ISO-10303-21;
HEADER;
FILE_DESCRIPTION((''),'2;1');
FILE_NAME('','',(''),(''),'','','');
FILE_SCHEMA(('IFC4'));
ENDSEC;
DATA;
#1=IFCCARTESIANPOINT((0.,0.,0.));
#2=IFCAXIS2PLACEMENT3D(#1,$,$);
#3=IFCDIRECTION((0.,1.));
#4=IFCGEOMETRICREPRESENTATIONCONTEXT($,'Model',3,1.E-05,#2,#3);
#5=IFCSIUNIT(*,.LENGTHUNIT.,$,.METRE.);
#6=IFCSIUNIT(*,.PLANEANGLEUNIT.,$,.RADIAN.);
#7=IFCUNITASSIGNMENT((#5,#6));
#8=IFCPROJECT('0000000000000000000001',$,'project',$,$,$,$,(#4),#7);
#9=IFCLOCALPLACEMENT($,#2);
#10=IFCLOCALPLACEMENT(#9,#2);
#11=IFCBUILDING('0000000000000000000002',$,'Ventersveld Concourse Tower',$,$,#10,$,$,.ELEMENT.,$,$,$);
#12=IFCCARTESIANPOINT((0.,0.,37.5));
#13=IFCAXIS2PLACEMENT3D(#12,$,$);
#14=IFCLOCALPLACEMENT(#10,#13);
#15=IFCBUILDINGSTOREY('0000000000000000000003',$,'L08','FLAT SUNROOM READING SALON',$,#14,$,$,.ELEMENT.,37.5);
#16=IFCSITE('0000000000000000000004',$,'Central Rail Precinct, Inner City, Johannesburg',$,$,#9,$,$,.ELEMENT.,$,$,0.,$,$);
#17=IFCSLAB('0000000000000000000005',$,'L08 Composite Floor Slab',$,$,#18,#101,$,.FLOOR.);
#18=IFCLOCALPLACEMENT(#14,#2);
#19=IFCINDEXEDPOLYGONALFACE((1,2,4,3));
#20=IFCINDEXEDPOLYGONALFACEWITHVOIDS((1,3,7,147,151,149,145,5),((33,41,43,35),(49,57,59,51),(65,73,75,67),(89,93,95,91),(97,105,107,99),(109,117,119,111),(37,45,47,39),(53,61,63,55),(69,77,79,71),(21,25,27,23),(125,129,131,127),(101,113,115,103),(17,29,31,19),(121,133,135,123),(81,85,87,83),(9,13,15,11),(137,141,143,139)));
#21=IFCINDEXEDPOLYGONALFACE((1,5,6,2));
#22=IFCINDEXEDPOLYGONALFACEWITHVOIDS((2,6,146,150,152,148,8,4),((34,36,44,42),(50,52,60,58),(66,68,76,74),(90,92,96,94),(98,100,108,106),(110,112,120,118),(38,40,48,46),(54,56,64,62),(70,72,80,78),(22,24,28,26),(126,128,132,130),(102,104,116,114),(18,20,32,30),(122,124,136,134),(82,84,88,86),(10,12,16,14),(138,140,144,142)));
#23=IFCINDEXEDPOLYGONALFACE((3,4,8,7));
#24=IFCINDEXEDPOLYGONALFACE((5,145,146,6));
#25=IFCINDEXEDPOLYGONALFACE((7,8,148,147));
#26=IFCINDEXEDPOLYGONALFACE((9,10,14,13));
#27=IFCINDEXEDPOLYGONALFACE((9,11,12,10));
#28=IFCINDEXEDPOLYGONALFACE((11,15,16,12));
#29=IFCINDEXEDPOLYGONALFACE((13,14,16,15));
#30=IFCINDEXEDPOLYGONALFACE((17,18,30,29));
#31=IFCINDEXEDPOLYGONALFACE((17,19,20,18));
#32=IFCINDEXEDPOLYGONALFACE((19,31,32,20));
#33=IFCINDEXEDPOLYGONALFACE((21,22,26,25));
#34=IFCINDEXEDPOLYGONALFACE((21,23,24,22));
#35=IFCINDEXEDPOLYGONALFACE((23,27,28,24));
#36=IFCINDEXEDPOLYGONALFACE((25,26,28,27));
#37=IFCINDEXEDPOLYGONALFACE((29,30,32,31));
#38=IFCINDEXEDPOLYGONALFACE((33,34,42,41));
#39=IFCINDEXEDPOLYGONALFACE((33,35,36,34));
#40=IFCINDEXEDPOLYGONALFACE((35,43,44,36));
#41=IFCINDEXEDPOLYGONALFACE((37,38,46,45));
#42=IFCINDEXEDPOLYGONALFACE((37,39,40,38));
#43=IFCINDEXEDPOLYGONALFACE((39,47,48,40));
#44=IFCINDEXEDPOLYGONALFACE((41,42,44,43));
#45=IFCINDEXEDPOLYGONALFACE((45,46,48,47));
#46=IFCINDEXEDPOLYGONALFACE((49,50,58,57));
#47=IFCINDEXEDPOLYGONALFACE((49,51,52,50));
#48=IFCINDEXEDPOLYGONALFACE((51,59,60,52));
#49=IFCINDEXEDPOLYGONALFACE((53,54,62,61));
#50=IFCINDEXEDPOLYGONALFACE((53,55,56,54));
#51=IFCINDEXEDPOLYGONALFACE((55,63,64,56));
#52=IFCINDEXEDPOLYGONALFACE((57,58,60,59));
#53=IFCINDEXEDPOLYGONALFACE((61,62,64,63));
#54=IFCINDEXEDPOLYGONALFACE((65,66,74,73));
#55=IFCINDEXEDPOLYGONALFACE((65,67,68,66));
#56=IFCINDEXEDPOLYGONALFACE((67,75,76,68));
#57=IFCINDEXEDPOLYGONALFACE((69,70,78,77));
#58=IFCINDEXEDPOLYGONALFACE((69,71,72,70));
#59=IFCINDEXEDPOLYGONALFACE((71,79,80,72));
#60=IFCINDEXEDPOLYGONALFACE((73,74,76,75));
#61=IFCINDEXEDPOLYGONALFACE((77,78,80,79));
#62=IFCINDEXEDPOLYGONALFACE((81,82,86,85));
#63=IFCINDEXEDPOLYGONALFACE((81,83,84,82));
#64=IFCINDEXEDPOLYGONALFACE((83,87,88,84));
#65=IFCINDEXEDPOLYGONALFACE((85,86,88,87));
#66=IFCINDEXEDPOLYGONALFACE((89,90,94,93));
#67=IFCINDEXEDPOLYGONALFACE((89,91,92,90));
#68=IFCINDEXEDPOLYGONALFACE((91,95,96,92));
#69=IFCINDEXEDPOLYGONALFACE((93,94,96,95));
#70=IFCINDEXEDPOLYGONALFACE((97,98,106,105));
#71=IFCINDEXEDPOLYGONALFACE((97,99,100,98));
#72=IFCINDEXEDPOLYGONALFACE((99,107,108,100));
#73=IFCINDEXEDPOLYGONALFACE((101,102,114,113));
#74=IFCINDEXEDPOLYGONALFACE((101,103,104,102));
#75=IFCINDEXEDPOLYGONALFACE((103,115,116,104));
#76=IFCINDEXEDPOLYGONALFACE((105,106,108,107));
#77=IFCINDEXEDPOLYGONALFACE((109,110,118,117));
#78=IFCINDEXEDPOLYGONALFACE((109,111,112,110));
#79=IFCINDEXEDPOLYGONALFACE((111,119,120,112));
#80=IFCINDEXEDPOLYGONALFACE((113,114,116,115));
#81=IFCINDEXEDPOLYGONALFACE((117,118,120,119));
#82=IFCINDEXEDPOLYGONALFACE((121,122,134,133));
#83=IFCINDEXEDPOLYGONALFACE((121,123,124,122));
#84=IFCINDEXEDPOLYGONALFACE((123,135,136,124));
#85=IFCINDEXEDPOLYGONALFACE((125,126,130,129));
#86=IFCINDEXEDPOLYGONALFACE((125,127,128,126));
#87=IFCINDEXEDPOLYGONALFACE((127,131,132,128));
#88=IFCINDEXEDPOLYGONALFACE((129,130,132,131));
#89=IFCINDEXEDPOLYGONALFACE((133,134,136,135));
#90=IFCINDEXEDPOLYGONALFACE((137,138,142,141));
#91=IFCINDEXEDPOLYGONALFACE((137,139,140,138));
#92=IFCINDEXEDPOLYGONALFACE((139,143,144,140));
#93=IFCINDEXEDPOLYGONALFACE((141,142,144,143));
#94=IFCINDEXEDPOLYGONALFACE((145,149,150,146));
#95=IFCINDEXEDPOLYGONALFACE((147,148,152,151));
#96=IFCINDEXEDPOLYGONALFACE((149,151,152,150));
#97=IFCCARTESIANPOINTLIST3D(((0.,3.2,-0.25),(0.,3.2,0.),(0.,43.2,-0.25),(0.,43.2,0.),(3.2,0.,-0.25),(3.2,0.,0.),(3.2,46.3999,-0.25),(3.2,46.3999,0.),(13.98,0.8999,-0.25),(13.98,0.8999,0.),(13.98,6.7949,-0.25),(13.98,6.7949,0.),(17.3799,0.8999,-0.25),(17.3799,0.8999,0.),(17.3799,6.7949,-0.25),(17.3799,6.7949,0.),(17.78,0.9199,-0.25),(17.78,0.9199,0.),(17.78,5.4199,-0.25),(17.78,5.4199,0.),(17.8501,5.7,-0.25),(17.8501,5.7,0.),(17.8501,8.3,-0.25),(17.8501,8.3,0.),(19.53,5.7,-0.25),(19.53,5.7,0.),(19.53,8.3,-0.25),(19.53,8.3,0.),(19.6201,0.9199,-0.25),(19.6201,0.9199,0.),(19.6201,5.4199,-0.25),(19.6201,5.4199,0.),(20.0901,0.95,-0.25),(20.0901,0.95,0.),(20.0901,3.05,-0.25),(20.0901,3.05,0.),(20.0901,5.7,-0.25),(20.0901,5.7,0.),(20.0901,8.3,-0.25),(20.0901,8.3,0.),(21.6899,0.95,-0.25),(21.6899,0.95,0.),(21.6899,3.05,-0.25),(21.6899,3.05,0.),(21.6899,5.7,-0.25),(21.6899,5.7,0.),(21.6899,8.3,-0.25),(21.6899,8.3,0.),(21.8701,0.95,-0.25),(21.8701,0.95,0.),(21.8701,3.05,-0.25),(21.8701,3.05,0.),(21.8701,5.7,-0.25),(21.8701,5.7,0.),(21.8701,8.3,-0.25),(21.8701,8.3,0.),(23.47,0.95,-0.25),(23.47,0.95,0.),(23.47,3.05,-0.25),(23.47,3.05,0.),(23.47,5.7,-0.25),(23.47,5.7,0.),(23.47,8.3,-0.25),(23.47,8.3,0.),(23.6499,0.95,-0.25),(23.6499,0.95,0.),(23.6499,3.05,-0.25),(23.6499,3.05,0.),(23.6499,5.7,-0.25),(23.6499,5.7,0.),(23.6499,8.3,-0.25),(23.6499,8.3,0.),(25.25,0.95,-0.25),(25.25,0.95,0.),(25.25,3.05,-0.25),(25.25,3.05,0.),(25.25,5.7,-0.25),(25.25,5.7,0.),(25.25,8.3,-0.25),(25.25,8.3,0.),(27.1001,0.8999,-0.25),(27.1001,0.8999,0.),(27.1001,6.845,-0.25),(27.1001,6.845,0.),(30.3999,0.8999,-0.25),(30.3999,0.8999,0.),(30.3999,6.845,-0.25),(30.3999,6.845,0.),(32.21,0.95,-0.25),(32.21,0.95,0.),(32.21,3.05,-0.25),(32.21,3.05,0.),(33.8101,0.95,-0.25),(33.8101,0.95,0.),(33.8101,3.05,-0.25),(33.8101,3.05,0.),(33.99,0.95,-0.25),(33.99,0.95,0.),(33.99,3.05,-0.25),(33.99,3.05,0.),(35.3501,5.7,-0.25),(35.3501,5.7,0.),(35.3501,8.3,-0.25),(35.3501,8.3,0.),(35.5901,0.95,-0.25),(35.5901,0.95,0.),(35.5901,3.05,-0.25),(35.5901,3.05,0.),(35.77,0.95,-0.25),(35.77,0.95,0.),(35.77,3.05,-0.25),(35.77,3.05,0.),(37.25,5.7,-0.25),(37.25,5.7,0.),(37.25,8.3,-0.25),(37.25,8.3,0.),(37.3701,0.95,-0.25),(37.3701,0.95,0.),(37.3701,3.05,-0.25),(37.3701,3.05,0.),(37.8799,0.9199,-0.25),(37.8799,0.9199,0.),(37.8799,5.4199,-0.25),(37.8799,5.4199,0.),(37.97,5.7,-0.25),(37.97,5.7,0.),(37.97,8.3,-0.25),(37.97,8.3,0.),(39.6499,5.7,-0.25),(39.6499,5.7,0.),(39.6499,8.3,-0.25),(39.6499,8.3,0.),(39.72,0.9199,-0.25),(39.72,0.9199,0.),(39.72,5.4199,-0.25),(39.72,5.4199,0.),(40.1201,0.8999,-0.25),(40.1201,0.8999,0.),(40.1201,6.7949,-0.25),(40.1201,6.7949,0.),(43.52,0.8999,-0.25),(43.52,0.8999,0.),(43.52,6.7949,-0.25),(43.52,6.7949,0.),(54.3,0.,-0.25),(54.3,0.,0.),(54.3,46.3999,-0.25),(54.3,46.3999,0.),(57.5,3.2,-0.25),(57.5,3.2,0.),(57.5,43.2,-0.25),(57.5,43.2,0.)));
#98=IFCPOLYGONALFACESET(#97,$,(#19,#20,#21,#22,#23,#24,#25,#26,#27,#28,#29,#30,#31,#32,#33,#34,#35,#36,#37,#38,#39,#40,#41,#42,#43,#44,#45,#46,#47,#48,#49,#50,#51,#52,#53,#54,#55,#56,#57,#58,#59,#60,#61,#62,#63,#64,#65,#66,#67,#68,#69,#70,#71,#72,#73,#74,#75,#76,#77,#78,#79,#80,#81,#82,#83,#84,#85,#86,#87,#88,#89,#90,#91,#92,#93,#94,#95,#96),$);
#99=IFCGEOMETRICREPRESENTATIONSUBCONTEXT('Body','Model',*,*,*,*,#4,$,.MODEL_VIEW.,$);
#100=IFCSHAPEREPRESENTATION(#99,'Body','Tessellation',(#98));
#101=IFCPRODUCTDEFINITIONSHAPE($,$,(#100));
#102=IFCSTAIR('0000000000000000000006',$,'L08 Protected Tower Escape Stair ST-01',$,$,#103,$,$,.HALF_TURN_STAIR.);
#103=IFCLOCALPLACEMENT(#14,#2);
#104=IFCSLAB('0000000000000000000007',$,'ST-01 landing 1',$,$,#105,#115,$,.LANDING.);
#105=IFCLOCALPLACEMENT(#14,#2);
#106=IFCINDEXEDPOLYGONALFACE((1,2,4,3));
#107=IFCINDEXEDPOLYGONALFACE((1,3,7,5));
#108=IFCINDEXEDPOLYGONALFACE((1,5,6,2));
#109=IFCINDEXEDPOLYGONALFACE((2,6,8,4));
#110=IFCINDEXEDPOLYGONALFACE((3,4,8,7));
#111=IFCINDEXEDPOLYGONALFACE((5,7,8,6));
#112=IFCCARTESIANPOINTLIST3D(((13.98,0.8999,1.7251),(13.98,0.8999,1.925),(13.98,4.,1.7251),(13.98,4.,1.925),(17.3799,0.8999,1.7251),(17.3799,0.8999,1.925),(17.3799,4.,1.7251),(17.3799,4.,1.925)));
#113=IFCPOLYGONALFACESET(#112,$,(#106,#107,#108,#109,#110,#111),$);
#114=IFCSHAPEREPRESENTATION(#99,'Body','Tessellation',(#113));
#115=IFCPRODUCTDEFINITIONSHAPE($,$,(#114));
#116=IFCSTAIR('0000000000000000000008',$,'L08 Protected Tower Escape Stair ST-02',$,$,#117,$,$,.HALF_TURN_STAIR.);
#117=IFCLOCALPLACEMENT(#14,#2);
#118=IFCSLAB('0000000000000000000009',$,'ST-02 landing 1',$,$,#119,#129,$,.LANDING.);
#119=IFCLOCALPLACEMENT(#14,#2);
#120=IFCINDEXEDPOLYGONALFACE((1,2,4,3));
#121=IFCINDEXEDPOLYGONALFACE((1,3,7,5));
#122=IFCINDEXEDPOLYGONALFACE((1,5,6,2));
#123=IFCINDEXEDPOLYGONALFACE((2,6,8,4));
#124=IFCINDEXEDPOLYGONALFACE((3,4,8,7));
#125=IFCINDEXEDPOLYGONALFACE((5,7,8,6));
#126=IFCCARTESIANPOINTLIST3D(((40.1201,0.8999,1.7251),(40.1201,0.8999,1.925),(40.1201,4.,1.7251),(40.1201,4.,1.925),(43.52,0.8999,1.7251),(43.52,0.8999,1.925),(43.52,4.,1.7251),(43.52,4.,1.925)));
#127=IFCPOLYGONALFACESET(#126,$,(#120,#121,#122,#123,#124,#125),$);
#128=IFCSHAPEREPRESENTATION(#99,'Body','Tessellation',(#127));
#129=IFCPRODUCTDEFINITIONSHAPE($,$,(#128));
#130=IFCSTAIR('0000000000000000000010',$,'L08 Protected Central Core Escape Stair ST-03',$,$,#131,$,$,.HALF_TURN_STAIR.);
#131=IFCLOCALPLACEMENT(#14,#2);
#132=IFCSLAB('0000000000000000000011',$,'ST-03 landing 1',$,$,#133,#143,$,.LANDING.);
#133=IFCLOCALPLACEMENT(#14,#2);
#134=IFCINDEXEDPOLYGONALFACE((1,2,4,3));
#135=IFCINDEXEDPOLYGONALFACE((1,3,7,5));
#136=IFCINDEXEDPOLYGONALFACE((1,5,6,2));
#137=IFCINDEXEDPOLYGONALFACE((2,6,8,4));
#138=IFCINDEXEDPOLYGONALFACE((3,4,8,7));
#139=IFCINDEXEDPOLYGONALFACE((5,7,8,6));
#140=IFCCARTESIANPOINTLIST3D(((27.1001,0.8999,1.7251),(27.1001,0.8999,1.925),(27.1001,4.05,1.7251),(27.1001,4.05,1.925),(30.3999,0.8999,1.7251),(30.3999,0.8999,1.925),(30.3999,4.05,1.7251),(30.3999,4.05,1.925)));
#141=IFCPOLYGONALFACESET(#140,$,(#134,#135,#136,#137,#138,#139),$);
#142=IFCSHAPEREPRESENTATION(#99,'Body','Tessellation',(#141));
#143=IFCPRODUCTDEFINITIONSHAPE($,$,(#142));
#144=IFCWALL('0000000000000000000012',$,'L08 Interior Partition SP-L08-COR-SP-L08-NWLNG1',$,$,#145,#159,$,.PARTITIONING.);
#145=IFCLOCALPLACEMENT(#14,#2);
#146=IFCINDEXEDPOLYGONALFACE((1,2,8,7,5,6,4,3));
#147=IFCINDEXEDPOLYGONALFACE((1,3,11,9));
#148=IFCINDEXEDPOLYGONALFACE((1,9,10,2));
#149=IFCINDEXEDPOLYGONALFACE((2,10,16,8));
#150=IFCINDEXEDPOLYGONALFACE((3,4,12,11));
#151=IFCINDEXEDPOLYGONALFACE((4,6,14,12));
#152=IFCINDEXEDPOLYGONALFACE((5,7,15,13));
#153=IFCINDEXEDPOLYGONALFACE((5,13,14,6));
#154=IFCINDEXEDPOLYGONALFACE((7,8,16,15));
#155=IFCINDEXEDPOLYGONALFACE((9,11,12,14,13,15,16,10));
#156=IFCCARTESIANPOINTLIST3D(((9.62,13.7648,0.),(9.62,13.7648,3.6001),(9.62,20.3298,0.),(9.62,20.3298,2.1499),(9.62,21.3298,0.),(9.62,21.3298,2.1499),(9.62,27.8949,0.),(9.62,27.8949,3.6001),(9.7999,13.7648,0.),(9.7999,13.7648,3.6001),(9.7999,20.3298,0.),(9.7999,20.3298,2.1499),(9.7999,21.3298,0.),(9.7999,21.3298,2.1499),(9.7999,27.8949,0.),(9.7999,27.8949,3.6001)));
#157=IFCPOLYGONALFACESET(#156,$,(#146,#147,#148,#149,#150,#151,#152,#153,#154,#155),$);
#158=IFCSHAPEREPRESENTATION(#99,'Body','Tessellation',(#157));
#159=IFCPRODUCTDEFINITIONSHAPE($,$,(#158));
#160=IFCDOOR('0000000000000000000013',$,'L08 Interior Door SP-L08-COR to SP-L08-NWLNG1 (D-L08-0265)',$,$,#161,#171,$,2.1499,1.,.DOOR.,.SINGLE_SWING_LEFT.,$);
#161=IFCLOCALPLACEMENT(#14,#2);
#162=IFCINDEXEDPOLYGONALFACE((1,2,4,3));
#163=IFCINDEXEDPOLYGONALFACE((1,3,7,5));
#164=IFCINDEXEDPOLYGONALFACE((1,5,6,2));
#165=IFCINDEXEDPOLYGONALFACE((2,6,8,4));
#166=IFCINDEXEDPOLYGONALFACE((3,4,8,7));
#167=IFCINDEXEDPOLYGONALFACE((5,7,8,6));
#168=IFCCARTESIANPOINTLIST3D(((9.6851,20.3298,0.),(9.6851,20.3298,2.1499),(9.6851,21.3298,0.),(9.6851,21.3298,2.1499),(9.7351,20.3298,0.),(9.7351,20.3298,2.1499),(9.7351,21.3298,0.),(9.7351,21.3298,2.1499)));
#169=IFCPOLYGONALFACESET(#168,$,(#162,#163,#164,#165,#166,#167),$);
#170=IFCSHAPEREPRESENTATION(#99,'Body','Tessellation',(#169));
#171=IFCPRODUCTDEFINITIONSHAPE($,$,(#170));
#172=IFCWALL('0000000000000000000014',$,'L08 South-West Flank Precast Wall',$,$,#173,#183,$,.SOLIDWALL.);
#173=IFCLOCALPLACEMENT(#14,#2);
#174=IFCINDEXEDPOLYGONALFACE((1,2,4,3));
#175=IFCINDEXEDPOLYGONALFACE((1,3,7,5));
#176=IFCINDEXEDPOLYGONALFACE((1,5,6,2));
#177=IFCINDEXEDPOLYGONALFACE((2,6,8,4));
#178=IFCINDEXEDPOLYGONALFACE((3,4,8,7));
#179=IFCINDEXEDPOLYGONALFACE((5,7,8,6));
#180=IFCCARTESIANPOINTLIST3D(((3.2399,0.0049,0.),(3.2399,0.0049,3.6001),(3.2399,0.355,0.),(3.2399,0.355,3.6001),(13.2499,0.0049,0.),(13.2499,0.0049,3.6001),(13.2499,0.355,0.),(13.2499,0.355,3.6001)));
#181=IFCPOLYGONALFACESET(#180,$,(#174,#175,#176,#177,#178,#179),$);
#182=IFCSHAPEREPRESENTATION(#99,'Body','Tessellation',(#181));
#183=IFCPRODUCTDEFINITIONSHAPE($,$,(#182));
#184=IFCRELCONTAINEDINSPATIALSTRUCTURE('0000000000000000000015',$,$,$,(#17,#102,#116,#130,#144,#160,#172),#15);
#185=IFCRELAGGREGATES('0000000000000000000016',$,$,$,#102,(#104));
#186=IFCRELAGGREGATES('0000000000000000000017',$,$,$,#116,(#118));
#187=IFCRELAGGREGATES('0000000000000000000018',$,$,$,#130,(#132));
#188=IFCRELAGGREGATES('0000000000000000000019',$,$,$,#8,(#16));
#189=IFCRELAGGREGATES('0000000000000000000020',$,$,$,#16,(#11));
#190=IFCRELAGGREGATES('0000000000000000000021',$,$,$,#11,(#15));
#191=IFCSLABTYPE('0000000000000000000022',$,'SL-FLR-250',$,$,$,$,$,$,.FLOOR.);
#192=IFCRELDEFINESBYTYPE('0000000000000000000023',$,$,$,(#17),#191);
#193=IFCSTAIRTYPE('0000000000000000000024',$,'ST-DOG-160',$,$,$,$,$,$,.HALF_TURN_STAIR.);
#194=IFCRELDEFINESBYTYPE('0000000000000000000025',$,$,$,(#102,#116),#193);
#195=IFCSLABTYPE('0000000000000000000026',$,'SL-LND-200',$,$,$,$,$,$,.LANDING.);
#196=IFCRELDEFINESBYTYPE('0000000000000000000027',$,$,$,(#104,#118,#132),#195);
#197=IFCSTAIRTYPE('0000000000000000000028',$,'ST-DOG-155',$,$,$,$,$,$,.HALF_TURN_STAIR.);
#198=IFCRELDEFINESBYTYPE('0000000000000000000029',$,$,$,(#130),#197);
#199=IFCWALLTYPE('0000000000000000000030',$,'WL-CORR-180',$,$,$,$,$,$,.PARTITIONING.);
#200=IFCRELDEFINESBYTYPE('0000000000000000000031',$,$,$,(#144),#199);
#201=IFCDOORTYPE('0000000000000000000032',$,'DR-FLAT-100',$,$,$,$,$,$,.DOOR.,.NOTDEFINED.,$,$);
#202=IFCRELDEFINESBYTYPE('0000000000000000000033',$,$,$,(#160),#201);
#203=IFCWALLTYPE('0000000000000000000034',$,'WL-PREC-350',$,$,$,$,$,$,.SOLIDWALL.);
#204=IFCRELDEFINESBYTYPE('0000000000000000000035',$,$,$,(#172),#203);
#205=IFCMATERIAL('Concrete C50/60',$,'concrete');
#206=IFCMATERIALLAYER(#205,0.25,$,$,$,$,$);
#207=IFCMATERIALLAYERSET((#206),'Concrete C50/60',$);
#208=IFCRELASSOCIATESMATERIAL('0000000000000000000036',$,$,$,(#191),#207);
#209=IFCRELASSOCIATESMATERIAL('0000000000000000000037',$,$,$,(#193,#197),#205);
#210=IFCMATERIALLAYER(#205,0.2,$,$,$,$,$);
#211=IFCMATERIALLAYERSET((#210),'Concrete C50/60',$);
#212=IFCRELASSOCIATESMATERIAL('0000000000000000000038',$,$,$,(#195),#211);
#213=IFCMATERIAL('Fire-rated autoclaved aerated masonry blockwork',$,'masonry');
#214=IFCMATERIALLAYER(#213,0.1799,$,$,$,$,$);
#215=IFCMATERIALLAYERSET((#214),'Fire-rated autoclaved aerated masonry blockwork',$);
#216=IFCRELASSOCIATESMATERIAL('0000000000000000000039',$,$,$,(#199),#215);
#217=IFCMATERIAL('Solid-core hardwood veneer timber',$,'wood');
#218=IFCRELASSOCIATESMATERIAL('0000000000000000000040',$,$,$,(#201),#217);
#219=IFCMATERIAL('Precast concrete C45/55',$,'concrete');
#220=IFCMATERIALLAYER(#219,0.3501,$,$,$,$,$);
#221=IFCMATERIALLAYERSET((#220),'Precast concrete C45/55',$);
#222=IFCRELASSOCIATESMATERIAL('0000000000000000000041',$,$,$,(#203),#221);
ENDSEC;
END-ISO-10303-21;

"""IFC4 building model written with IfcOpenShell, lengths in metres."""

from ifc_helpers import new_model, si_unit, direction, frame, frame_2d, origin, place, context, subcontext, project, spatial, polyline, rectangle, outline, extrude, material, layer, layer_set, type_object, element, fill, aggregate, save


model = new_model("IFC4")

# Units and contexts
model_context = context("Model", 3, precision=1e-05, world=origin(), true_north=direction((0.0, 1.0)))
body_context = subcontext(model_context, "Body", "Model", "MODEL_VIEW")
ifc_project = project(units=[si_unit("LENGTHUNIT", "METRE"), si_unit("PLANEANGLEUNIT", "RADIAN")], contexts=[model_context])

# Site, building, storey
site_placement = place(None, origin())
site = spatial("IfcSite", under=ifc_project, at=site_placement, Name="Central Rail Precinct, Inner City, Johannesburg", CompositionType="ELEMENT", RefElevation=0.0)
building_placement = place(site_placement, origin())
building = spatial("IfcBuilding", under=site, at=building_placement, Name="Ventersveld Concourse Tower", CompositionType="ELEMENT")
storey_placement = place(building_placement, frame((0.0, 0.0, 37.5)))
storey = spatial("IfcBuildingStorey", under=building, at=storey_placement, Name="L08", Description="FLAT SUNROOM READING SALON", CompositionType="ELEMENT", Elevation=37.5)

# Slab
ifc_material_1 = material(Name="Concrete C50/60", Category="concrete")
ifc_layer_1 = layer(ifc_material_1, 0.25)
ifc_layer_set_1 = layer_set([ifc_layer_1], Name="Concrete C50/60")
slab_type_1 = type_object("IfcSlabType", Name="SL-FLR-250", PredefinedType="FLOOR", material=ifc_layer_set_1)
slab_1_placement = place(storey_placement, frame((0.0, 0.0, -0.25)))
element("IfcSlab", 1, at=slab_1_placement, inside=storey, type_object=slab_type_1, Name="L08 Composite Floor Slab", PredefinedType="FLOOR", context=body_context, shape_type="SweptSolid", body=[
    extrude(outline(polyline([(3.2, 0.0), (54.3, 0.0), (57.5, 3.2), (57.5, 43.2), (54.3, 46.3999), (3.2, 46.3999), (0.0, 43.2), (0.0, 3.2), (3.2, 0.0)]), holes=[polyline([(13.98, 6.7949), (13.98, 0.8999), (17.3799, 0.8999), (17.3799, 6.7949), (13.98, 6.7949)]), polyline([(40.1201, 6.7949), (40.1201, 0.8999), (43.52, 0.8999), (43.52, 6.7949), (40.1201, 6.7949)]), polyline([(27.1001, 6.845), (27.1001, 0.8999), (30.3999, 0.8999), (30.3999, 6.845), (27.1001, 6.845)]), polyline([(17.8501, 5.7), (19.53, 5.7), (19.53, 8.3), (17.8501, 8.3), (17.8501, 5.7)]), polyline([(37.97, 5.7), (39.6499, 5.7), (39.6499, 8.3), (37.97, 8.3), (37.97, 5.7)]), polyline([(35.3501, 5.7), (37.25, 5.7), (37.25, 8.3), (35.3501, 8.3), (35.3501, 5.7)]), polyline([(20.0901, 0.95), (21.6899, 0.95), (21.6899, 3.05), (20.0901, 3.05), (20.0901, 0.95)]), polyline([(21.8701, 0.95), (23.47, 0.95), (23.47, 3.05), (21.8701, 3.05), (21.8701, 0.95)]), polyline([(23.6499, 0.95), (25.25, 0.95), (25.25, 3.05), (23.6499, 3.05), (23.6499, 0.95)]), polyline([(32.21, 0.95), (33.8101, 0.95), (33.8101, 3.05), (32.21, 3.05), (32.21, 0.95)]), polyline([(33.99, 0.95), (35.5901, 0.95), (35.5901, 3.05), (33.99, 3.05), (33.99, 0.95)]), polyline([(35.77, 0.95), (37.3701, 0.95), (37.3701, 3.05), (35.77, 3.05), (35.77, 0.95)]), polyline([(20.0901, 5.7), (21.6899, 5.7), (21.6899, 8.3), (20.0901, 8.3), (20.0901, 5.7)]), polyline([(21.8701, 5.7), (23.47, 5.7), (23.47, 8.3), (21.8701, 8.3), (21.8701, 5.7)]), polyline([(23.6499, 5.7), (25.25, 5.7), (25.25, 8.3), (23.6499, 8.3), (23.6499, 5.7)]), polyline([(17.78, 0.9199), (19.6201, 0.9199), (19.6201, 5.4199), (17.78, 5.4199), (17.78, 0.9199)]), polyline([(37.8799, 0.9199), (39.72, 0.9199), (39.72, 5.4199), (37.8799, 5.4199), (37.8799, 0.9199)])]), origin(), (0.0, 0.0, 1.0), 0.25),
])

# Stairs, slabs
stair_type_1 = type_object("IfcStairType", Name="ST-DOG-160", PredefinedType="HALF_TURN_STAIR", material=ifc_material_1)
stair_1_placement = place(storey_placement, origin())
stair_1 = element("IfcStair", 2, at=stair_1_placement, inside=storey, type_object=stair_type_1, Name="L08 Protected Tower Escape Stair ST-01", PredefinedType="HALF_TURN_STAIR")
ifc_layer_2 = layer(ifc_material_1, 0.2)
ifc_layer_set_2 = layer_set([ifc_layer_2], Name="Concrete C50/60")
slab_type_2 = type_object("IfcSlabType", Name="SL-LND-200", PredefinedType="LANDING", material=ifc_layer_set_2)
slab_2_placement = place(storey_placement, frame((0.0, 0.0, 1.7251)))
slab_2 = element("IfcSlab", 3, at=slab_2_placement, type_object=slab_type_2, Name="ST-01 landing 1", PredefinedType="LANDING", context=body_context, shape_type="SweptSolid", body=[
    extrude(outline(polyline([(13.98, 4.0), (13.98, 0.8999), (17.3799, 0.8999), (17.3799, 4.0), (13.98, 4.0)])), origin(), (0.0, 0.0, 1.0), 0.2),
])
aggregate(stair_1, [slab_2])
stair_2_placement = place(storey_placement, origin())
stair_2 = element("IfcStair", 4, at=stair_2_placement, inside=storey, type_object=stair_type_1, Name="L08 Protected Tower Escape Stair ST-02", PredefinedType="HALF_TURN_STAIR")
slab_3_placement = place(storey_placement, frame((0.0, 0.0, 1.7251)))
slab_3 = element("IfcSlab", 5, at=slab_3_placement, type_object=slab_type_2, Name="ST-02 landing 1", PredefinedType="LANDING", context=body_context, shape_type="SweptSolid", body=[
    extrude(outline(polyline([(40.1201, 4.0), (40.1201, 0.8999), (43.52, 0.8999), (43.52, 4.0), (40.1201, 4.0)])), origin(), (0.0, 0.0, 1.0), 0.2),
])
aggregate(stair_2, [slab_3])
stair_type_2 = type_object("IfcStairType", Name="ST-DOG-155", PredefinedType="HALF_TURN_STAIR", material=ifc_material_1)
stair_3_placement = place(storey_placement, origin())
stair_3 = element("IfcStair", 6, at=stair_3_placement, inside=storey, type_object=stair_type_2, Name="L08 Protected Central Core Escape Stair ST-03", PredefinedType="HALF_TURN_STAIR")
slab_4_placement = place(storey_placement, frame((0.0, 0.0, 1.7251)))
slab_4 = element("IfcSlab", 7, at=slab_4_placement, type_object=slab_type_2, Name="ST-03 landing 1", PredefinedType="LANDING", context=body_context, shape_type="SweptSolid", body=[
    extrude(outline(polyline([(27.1001, 4.05), (27.1001, 0.8999), (30.3999, 0.8999), (30.3999, 4.05), (27.1001, 4.05)])), origin(), (0.0, 0.0, 1.0), 0.2),
])
aggregate(stair_3, [slab_4])

# Wall, opening, door
ifc_material_2 = material(Name="Fire-rated autoclaved aerated masonry blockwork", Category="masonry")
ifc_layer_3 = layer(ifc_material_2, 0.1799)
ifc_layer_set_3 = layer_set([ifc_layer_3], Name="Fire-rated autoclaved aerated masonry blockwork")
wall_type_1 = type_object("IfcWallType", Name="WL-CORR-180", PredefinedType="PARTITIONING", material=ifc_layer_set_3)
wall_1_placement = place(storey_placement, frame((9.71, 13.7649, 0.0), z_axis=(0.0, 0.0, 1.0), x_axis=(0.0, 1.0, 0.0)))
wall_1 = element("IfcWall", 8, at=wall_1_placement, inside=storey, type_object=wall_type_1, Name="L08 Interior Partition SP-L08-COR-SP-L08-NWLNG1", PredefinedType="PARTITIONING", context=body_context, shape_type="SweptSolid", body=[
    extrude(rectangle(XDim=14.1301, YDim=0.1799, at=frame_2d((7.0649, 0.0))), origin(), (0.0, 0.0, 1.0), 3.6001),
])
opening_placement = place(wall_1_placement, frame((6.5649, 0.0, 0.0)))
opening = element("IfcOpeningElement", 9, at=opening_placement, cuts=wall_1, PredefinedType="OPENING", context=body_context, shape_type="SweptSolid", body=[
    extrude(rectangle(XDim=1.0, YDim=2.1499, at=frame_2d((0.5, 1.075))), frame((0.0, 0.1001, 0.0), z_axis=(0.0, -1.0, 0.0), x_axis=(1.0, 0.0, 0.0)), (0.0, 0.0, 1.0), 0.2),
])
ifc_material_3 = material(Name="Solid-core hardwood veneer timber", Category="wood")
door_type = type_object("IfcDoorType", Name="DR-FLAT-100", OperationType="NOTDEFINED", PredefinedType="DOOR", material=ifc_material_3)
door_placement = place(opening_placement, origin())
door = element("IfcDoor", 10, at=door_placement, inside=storey, type_object=door_type, Name="L08 Interior Door SP-L08-COR to SP-L08-NWLNG1 (D-L08-0265)", OperationType="SINGLE_SWING_LEFT", OverallHeight=2.1499, OverallWidth=1.0, PredefinedType="DOOR", context=body_context, shape_type="SweptSolid", body=[
    extrude(rectangle(XDim=1.0, YDim=2.1499, at=frame_2d((0.5, 1.075))), frame((0.0, 0.0249, 0.0), z_axis=(0.0, -1.0, 0.0), x_axis=(1.0, 0.0, 0.0)), (0.0, 0.0, 1.0), 0.05),
])
fill(opening, door)

# Wall
ifc_material_4 = material(Name="Precast concrete C45/55", Category="concrete")
ifc_layer_4 = layer(ifc_material_4, 0.3501)
ifc_layer_set_4 = layer_set([ifc_layer_4], Name="Precast concrete C45/55")
wall_type_2 = type_object("IfcWallType", Name="WL-PREC-350", PredefinedType="SOLIDWALL", material=ifc_layer_set_4)
wall_2_placement = place(storey_placement, frame((3.24, 0.1799, 0.0), z_axis=(0.0, 0.0, 1.0), x_axis=(1.0, 0.0, 0.0)))
element("IfcWall", 11, at=wall_2_placement, inside=storey, type_object=wall_type_2, Name="L08 South-West Flank Precast Wall", PredefinedType="SOLIDWALL", context=body_context, shape_type="SweptSolid", body=[
    extrude(rectangle(XDim=10.01, YDim=0.3501, at=frame_2d((5.0049, 0.0))), origin(), (0.0, 0.0, 1.0), 3.6001),
])

save(model, "model.ifc")
